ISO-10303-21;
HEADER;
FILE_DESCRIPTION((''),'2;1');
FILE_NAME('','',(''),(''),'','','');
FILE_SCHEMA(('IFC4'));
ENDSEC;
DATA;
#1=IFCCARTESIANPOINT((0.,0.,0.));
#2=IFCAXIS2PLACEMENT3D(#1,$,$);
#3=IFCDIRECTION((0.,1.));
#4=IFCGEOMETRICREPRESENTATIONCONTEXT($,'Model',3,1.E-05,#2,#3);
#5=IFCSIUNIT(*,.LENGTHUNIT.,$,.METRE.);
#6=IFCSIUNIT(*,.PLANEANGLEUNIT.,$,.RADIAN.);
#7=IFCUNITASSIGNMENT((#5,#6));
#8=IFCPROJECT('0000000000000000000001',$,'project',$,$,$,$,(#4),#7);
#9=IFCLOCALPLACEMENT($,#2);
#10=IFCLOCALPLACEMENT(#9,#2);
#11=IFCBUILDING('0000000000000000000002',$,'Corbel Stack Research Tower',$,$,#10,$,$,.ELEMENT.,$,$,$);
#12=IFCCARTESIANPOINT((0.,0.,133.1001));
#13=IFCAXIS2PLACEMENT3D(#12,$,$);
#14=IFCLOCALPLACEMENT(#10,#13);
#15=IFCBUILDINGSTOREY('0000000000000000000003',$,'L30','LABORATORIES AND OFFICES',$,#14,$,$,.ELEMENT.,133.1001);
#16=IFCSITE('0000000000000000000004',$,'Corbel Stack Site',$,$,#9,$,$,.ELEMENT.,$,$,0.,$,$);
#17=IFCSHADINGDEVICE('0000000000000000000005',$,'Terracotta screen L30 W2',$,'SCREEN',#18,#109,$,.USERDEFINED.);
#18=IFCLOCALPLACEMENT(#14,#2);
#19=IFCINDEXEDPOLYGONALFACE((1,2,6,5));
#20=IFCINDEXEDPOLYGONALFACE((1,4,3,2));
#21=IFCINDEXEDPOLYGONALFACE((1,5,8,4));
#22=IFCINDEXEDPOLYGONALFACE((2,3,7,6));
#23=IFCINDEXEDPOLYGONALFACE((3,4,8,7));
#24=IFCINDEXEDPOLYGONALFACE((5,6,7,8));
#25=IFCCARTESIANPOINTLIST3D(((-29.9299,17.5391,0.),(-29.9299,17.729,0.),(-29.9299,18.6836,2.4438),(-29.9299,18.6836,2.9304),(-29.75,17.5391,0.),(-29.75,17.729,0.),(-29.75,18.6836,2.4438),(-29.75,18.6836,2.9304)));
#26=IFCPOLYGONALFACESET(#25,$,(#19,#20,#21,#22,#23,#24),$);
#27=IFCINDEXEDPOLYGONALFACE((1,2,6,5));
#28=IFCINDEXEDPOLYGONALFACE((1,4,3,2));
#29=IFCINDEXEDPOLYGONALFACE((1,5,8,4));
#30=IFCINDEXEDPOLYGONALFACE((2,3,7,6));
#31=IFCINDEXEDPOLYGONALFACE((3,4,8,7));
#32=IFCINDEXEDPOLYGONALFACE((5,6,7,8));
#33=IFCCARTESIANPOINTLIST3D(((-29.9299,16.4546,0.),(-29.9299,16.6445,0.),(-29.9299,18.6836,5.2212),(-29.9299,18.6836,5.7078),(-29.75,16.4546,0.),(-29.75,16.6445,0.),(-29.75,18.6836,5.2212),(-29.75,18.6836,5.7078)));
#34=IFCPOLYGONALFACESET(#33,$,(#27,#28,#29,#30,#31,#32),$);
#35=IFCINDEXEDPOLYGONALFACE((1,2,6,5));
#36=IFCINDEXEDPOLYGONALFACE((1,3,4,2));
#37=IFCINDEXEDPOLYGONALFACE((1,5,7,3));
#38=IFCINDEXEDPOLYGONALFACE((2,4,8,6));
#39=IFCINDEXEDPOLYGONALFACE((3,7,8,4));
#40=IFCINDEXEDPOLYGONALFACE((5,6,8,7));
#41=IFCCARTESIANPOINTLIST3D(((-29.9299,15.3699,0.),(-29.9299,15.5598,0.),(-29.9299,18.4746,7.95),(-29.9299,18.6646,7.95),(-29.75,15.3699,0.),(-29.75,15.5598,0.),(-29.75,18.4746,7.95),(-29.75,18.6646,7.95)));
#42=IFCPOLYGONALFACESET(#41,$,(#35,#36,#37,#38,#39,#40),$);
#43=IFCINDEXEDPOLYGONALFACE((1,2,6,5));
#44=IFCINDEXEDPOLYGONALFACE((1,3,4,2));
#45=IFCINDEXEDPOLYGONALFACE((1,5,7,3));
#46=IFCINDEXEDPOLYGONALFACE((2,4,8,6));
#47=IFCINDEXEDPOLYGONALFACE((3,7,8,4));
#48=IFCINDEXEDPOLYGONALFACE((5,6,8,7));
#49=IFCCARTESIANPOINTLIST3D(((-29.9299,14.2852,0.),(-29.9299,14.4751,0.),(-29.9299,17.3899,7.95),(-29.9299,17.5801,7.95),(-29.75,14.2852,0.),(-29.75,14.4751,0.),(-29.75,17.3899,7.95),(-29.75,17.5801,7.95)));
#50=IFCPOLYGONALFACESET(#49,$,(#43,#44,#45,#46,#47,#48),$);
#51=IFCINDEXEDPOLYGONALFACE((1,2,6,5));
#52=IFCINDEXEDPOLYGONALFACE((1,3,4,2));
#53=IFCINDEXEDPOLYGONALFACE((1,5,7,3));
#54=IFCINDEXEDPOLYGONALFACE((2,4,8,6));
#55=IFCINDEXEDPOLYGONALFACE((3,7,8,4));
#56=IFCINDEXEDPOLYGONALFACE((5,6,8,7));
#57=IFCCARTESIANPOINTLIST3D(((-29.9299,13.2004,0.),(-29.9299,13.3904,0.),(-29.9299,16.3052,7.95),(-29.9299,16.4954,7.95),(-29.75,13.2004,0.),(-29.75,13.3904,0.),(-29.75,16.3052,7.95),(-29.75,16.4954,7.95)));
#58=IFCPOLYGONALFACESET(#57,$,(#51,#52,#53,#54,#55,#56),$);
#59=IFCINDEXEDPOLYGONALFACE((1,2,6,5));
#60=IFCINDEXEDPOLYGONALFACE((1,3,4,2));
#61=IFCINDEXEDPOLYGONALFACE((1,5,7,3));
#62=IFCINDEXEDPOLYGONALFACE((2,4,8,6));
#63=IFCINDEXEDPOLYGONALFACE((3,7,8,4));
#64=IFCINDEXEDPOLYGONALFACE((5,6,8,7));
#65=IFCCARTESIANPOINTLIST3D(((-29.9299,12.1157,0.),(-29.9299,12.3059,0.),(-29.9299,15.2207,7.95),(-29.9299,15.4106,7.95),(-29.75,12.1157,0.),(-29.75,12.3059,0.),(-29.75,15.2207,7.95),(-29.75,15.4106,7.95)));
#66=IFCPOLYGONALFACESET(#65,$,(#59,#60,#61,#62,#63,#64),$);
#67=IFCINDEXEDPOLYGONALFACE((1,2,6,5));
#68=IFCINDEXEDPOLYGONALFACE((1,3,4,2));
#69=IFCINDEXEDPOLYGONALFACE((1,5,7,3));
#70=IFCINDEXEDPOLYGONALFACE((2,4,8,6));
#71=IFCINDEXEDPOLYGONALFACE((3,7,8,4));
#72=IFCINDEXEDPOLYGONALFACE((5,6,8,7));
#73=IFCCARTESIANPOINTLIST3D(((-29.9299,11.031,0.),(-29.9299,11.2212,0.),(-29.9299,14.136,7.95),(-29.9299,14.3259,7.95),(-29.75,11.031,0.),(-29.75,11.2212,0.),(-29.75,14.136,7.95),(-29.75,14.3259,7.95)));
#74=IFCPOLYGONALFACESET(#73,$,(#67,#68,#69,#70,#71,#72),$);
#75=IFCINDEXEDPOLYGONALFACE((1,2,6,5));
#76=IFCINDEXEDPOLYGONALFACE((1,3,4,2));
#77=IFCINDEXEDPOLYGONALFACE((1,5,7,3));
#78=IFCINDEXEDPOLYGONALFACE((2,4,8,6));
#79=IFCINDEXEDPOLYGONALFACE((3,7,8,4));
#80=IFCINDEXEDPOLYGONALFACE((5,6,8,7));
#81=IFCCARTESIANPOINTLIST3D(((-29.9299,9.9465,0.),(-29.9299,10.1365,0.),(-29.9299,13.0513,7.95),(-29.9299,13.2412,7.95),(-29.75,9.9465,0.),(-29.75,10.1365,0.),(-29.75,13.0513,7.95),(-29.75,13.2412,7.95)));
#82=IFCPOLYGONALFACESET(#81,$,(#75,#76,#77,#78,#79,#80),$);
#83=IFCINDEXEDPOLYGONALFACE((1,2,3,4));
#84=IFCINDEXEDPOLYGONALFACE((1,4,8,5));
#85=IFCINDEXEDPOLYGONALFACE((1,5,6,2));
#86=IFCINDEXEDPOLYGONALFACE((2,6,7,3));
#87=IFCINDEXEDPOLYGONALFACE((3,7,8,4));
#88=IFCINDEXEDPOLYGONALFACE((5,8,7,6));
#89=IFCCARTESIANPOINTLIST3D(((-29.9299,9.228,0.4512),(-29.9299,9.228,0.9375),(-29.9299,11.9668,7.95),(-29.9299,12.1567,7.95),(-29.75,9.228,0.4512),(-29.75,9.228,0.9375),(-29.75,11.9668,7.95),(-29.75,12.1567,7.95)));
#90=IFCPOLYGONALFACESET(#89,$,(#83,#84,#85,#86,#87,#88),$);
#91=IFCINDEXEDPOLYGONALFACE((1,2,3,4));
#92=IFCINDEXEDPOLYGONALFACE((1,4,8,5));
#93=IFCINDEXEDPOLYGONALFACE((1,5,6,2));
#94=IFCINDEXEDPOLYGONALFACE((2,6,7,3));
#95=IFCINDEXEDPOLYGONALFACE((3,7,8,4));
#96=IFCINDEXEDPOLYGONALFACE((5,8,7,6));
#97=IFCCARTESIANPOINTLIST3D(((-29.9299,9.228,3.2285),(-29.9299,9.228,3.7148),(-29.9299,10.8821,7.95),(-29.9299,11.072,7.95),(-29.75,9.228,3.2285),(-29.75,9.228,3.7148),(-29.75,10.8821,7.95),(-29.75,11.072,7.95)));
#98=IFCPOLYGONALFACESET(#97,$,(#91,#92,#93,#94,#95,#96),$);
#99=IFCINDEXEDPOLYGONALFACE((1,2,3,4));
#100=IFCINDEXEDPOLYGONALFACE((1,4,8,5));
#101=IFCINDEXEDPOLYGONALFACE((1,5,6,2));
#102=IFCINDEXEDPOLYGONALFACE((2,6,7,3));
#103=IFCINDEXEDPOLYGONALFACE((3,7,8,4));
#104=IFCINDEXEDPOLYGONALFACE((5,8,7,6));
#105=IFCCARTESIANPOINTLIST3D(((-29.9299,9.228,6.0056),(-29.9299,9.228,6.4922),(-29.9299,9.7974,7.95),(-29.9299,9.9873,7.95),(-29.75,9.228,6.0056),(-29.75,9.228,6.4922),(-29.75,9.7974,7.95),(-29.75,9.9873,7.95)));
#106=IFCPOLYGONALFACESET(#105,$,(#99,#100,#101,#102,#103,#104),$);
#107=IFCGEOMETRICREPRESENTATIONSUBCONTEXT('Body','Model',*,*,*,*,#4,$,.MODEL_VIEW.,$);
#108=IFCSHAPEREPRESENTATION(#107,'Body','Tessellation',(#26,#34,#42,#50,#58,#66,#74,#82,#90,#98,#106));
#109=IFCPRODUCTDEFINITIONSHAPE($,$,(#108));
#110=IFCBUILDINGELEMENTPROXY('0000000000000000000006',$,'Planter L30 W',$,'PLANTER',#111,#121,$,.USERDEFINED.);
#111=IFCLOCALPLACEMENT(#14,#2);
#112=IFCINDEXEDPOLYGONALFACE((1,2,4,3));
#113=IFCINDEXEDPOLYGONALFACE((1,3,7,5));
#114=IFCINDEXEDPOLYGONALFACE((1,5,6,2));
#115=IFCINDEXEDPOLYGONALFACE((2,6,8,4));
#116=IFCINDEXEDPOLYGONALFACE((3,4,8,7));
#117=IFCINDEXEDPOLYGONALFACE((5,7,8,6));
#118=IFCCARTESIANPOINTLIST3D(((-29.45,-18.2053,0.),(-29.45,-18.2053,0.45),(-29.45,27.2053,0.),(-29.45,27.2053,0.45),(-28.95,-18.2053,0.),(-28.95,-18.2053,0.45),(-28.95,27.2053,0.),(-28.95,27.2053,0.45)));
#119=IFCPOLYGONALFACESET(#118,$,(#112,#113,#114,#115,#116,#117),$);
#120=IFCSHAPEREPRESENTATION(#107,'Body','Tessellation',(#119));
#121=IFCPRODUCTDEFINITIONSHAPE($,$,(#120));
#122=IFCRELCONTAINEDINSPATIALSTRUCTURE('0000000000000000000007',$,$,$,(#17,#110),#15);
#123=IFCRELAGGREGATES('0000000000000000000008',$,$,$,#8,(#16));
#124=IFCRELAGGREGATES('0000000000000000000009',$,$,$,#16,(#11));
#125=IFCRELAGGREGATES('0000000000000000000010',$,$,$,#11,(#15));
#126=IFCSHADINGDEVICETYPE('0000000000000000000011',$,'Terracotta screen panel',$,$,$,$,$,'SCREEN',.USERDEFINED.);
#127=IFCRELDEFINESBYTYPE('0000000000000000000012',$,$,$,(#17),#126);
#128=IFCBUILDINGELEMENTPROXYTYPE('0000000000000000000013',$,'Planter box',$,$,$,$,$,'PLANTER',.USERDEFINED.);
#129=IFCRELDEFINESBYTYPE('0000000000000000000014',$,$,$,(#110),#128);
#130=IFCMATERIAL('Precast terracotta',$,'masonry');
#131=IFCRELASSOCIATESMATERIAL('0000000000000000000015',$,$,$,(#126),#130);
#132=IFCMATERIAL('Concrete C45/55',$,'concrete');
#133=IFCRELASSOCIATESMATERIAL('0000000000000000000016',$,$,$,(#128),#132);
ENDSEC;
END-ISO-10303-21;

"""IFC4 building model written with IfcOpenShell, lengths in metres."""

from ifc_helpers import new_model, si_unit, direction, frame, origin, origin_2d, place, context, subcontext, project, spatial, polyline, rectangle, outline, extrude, source, transform, mapped, material, type_object, element, save


model = new_model("IFC4")

# Units and contexts
model_context = context("Model", 3, precision=1e-05, world=origin(), true_north=direction((0.0, 1.0)))
body_context = subcontext(model_context, "Body", "Model", "MODEL_VIEW")
ifc_project = project(units=[si_unit("LENGTHUNIT", "METRE"), si_unit("PLANEANGLEUNIT", "RADIAN")], contexts=[model_context])

# Site, building, storey
site_placement = place(None, origin())
site = spatial("IfcSite", under=ifc_project, at=site_placement, Name="Corbel Stack Site", CompositionType="ELEMENT", RefElevation=0.0)
building_placement = place(site_placement, origin())
building = spatial("IfcBuilding", under=site, at=building_placement, Name="Corbel Stack Research Tower", CompositionType="ELEMENT")
storey_placement = place(building_placement, frame((0.0, 0.0, 133.1001)))
storey = spatial("IfcBuildingStorey", under=building, at=storey_placement, Name="L30", Description="LABORATORIES AND OFFICES", CompositionType="ELEMENT", Elevation=133.1001)

# Shading device
ifc_material_1 = material(Name="Precast terracotta", Category="masonry")
shading_device_type = type_object("IfcShadingDeviceType", Name="Terracotta screen panel", ElementType="SCREEN", PredefinedType="USERDEFINED", material=ifc_material_1)
shared_shape_1 = source(origin(), body_context, "Body", "SweptSolid", [
    extrude(outline(polyline([(1.1445, 0.0), (0.0, 2.9304), (0.0, 2.4438), (0.9546, 0.0), (1.1445, 0.0)])), frame((0.0, 0.0, 0.0), z_axis=(0.0, -1.0, 0.0), x_axis=(1.0, 0.0, 0.0)), (0.0, 0.0, 1.0), 0.1799),
    extrude(outline(polyline([(2.229, 0.0), (0.0, 5.7078), (0.0, 5.2212), (2.0391, 0.0), (2.229, 0.0)])), frame((0.0, 0.0, 0.0), z_axis=(0.0, -1.0, 0.0), x_axis=(1.0, 0.0, 0.0)), (0.0, 0.0, 1.0), 0.1799),
    extrude(outline(polyline([(3.3137, 0.0), (0.209, 7.95), (0.019, 7.95), (3.1238, 0.0), (3.3137, 0.0)])), frame((0.0, 0.0, 0.0), z_axis=(0.0, -1.0, 0.0), x_axis=(1.0, 0.0, 0.0)), (0.0, 0.0, 1.0), 0.1799),
    extrude(outline(polyline([(4.3984, 0.0), (1.2937, 7.95), (1.1035, 7.95), (4.2085, 0.0), (4.3984, 0.0)])), frame((0.0, 0.0, 0.0), z_axis=(0.0, -1.0, 0.0), x_axis=(1.0, 0.0, 0.0)), (0.0, 0.0, 1.0), 0.1799),
    extrude(outline(polyline([(5.4832, 0.0), (2.3784, 7.95), (2.1882, 7.95), (5.2932, 0.0), (5.4832, 0.0)])), frame((0.0, 0.0, 0.0), z_axis=(0.0, -1.0, 0.0), x_axis=(1.0, 0.0, 0.0)), (0.0, 0.0, 1.0), 0.1799),
    extrude(outline(polyline([(6.5679, 0.0), (3.4629, 7.95), (3.2729, 7.95), (6.3777, 0.0), (6.5679, 0.0)])), frame((0.0, 0.0, 0.0), z_axis=(0.0, -1.0, 0.0), x_axis=(1.0, 0.0, 0.0)), (0.0, 0.0, 1.0), 0.1799),
    extrude(outline(polyline([(7.6526, 0.0), (4.5476, 7.95), (4.3577, 7.95), (7.4624, 0.0), (7.6526, 0.0)])), frame((0.0, 0.0, 0.0), z_axis=(0.0, -1.0, 0.0), x_axis=(1.0, 0.0, 0.0)), (0.0, 0.0, 1.0), 0.1799),
    extrude(outline(polyline([(8.7371, 0.0), (5.6323, 7.95), (5.4424, 7.95), (8.5471, 0.0), (8.7371, 0.0)])), frame((0.0, 0.0, 0.0), z_axis=(0.0, -1.0, 0.0), x_axis=(1.0, 0.0, 0.0)), (0.0, 0.0, 1.0), 0.1799),
    extrude(outline(polyline([(6.7168, 7.95), (6.5269, 7.95), (9.4556, 0.4512), (9.4556, 0.9375), (6.7168, 7.95)])), frame((0.0, 0.0, 0.0), z_axis=(0.0, -1.0, 0.0), x_axis=(1.0, 0.0, 0.0)), (0.0, 0.0, 1.0), 0.1799),
    extrude(outline(polyline([(7.8015, 7.95), (7.6116, 7.95), (9.4556, 3.2285), (9.4556, 3.7148), (7.8015, 7.95)])), frame((0.0, 0.0, 0.0), z_axis=(0.0, -1.0, 0.0), x_axis=(1.0, 0.0, 0.0)), (0.0, 0.0, 1.0), 0.1799),
    extrude(outline(polyline([(8.8862, 7.95), (8.6963, 7.95), (9.4556, 6.0056), (9.4556, 6.4922), (8.8862, 7.95)])), frame((0.0, 0.0, 0.0), z_axis=(0.0, -1.0, 0.0), x_axis=(1.0, 0.0, 0.0)), (0.0, 0.0, 1.0), 0.1799),
])
shading_device_1_placement = place(storey_placement, frame((-29.75, 18.6836, 0.0), z_axis=(0.0, 0.0, 1.0), x_axis=(0.0, -1.0, 0.0)))
element("IfcShadingDevice", 1, at=shading_device_1_placement, inside=storey, type_object=shading_device_type, Name="Terracotta screen L30 W2", ObjectType="SCREEN", PredefinedType="USERDEFINED", context=body_context, shape_type="MappedRepresentation", body=[
    mapped(shared_shape_1, transform((0.0, 0.0, 0.0))),
])

# Building element proxy
ifc_material_2 = material(Name="Concrete C45/55", Category="concrete")
building_element_proxy_type = type_object("IfcBuildingElementProxyType", Name="Planter box", ElementType="PLANTER", PredefinedType="USERDEFINED", material=ifc_material_2)
proxy_placement = place(storey_placement, frame((-29.2, 4.5, 0.0), z_axis=(0.0, 0.0, 1.0), x_axis=(0.0, -1.0, 0.0)))
element("IfcBuildingElementProxy", 2, at=proxy_placement, inside=storey, type_object=building_element_proxy_type, Name="Planter L30 W", ObjectType="PLANTER", PredefinedType="USERDEFINED", context=body_context, shape_type="SweptSolid", body=[
    extrude(rectangle(XDim=45.4106, YDim=0.5, at=origin_2d()), origin(), (0.0, 0.0, 1.0), 0.45),
])

save(model, "model.ifc")
